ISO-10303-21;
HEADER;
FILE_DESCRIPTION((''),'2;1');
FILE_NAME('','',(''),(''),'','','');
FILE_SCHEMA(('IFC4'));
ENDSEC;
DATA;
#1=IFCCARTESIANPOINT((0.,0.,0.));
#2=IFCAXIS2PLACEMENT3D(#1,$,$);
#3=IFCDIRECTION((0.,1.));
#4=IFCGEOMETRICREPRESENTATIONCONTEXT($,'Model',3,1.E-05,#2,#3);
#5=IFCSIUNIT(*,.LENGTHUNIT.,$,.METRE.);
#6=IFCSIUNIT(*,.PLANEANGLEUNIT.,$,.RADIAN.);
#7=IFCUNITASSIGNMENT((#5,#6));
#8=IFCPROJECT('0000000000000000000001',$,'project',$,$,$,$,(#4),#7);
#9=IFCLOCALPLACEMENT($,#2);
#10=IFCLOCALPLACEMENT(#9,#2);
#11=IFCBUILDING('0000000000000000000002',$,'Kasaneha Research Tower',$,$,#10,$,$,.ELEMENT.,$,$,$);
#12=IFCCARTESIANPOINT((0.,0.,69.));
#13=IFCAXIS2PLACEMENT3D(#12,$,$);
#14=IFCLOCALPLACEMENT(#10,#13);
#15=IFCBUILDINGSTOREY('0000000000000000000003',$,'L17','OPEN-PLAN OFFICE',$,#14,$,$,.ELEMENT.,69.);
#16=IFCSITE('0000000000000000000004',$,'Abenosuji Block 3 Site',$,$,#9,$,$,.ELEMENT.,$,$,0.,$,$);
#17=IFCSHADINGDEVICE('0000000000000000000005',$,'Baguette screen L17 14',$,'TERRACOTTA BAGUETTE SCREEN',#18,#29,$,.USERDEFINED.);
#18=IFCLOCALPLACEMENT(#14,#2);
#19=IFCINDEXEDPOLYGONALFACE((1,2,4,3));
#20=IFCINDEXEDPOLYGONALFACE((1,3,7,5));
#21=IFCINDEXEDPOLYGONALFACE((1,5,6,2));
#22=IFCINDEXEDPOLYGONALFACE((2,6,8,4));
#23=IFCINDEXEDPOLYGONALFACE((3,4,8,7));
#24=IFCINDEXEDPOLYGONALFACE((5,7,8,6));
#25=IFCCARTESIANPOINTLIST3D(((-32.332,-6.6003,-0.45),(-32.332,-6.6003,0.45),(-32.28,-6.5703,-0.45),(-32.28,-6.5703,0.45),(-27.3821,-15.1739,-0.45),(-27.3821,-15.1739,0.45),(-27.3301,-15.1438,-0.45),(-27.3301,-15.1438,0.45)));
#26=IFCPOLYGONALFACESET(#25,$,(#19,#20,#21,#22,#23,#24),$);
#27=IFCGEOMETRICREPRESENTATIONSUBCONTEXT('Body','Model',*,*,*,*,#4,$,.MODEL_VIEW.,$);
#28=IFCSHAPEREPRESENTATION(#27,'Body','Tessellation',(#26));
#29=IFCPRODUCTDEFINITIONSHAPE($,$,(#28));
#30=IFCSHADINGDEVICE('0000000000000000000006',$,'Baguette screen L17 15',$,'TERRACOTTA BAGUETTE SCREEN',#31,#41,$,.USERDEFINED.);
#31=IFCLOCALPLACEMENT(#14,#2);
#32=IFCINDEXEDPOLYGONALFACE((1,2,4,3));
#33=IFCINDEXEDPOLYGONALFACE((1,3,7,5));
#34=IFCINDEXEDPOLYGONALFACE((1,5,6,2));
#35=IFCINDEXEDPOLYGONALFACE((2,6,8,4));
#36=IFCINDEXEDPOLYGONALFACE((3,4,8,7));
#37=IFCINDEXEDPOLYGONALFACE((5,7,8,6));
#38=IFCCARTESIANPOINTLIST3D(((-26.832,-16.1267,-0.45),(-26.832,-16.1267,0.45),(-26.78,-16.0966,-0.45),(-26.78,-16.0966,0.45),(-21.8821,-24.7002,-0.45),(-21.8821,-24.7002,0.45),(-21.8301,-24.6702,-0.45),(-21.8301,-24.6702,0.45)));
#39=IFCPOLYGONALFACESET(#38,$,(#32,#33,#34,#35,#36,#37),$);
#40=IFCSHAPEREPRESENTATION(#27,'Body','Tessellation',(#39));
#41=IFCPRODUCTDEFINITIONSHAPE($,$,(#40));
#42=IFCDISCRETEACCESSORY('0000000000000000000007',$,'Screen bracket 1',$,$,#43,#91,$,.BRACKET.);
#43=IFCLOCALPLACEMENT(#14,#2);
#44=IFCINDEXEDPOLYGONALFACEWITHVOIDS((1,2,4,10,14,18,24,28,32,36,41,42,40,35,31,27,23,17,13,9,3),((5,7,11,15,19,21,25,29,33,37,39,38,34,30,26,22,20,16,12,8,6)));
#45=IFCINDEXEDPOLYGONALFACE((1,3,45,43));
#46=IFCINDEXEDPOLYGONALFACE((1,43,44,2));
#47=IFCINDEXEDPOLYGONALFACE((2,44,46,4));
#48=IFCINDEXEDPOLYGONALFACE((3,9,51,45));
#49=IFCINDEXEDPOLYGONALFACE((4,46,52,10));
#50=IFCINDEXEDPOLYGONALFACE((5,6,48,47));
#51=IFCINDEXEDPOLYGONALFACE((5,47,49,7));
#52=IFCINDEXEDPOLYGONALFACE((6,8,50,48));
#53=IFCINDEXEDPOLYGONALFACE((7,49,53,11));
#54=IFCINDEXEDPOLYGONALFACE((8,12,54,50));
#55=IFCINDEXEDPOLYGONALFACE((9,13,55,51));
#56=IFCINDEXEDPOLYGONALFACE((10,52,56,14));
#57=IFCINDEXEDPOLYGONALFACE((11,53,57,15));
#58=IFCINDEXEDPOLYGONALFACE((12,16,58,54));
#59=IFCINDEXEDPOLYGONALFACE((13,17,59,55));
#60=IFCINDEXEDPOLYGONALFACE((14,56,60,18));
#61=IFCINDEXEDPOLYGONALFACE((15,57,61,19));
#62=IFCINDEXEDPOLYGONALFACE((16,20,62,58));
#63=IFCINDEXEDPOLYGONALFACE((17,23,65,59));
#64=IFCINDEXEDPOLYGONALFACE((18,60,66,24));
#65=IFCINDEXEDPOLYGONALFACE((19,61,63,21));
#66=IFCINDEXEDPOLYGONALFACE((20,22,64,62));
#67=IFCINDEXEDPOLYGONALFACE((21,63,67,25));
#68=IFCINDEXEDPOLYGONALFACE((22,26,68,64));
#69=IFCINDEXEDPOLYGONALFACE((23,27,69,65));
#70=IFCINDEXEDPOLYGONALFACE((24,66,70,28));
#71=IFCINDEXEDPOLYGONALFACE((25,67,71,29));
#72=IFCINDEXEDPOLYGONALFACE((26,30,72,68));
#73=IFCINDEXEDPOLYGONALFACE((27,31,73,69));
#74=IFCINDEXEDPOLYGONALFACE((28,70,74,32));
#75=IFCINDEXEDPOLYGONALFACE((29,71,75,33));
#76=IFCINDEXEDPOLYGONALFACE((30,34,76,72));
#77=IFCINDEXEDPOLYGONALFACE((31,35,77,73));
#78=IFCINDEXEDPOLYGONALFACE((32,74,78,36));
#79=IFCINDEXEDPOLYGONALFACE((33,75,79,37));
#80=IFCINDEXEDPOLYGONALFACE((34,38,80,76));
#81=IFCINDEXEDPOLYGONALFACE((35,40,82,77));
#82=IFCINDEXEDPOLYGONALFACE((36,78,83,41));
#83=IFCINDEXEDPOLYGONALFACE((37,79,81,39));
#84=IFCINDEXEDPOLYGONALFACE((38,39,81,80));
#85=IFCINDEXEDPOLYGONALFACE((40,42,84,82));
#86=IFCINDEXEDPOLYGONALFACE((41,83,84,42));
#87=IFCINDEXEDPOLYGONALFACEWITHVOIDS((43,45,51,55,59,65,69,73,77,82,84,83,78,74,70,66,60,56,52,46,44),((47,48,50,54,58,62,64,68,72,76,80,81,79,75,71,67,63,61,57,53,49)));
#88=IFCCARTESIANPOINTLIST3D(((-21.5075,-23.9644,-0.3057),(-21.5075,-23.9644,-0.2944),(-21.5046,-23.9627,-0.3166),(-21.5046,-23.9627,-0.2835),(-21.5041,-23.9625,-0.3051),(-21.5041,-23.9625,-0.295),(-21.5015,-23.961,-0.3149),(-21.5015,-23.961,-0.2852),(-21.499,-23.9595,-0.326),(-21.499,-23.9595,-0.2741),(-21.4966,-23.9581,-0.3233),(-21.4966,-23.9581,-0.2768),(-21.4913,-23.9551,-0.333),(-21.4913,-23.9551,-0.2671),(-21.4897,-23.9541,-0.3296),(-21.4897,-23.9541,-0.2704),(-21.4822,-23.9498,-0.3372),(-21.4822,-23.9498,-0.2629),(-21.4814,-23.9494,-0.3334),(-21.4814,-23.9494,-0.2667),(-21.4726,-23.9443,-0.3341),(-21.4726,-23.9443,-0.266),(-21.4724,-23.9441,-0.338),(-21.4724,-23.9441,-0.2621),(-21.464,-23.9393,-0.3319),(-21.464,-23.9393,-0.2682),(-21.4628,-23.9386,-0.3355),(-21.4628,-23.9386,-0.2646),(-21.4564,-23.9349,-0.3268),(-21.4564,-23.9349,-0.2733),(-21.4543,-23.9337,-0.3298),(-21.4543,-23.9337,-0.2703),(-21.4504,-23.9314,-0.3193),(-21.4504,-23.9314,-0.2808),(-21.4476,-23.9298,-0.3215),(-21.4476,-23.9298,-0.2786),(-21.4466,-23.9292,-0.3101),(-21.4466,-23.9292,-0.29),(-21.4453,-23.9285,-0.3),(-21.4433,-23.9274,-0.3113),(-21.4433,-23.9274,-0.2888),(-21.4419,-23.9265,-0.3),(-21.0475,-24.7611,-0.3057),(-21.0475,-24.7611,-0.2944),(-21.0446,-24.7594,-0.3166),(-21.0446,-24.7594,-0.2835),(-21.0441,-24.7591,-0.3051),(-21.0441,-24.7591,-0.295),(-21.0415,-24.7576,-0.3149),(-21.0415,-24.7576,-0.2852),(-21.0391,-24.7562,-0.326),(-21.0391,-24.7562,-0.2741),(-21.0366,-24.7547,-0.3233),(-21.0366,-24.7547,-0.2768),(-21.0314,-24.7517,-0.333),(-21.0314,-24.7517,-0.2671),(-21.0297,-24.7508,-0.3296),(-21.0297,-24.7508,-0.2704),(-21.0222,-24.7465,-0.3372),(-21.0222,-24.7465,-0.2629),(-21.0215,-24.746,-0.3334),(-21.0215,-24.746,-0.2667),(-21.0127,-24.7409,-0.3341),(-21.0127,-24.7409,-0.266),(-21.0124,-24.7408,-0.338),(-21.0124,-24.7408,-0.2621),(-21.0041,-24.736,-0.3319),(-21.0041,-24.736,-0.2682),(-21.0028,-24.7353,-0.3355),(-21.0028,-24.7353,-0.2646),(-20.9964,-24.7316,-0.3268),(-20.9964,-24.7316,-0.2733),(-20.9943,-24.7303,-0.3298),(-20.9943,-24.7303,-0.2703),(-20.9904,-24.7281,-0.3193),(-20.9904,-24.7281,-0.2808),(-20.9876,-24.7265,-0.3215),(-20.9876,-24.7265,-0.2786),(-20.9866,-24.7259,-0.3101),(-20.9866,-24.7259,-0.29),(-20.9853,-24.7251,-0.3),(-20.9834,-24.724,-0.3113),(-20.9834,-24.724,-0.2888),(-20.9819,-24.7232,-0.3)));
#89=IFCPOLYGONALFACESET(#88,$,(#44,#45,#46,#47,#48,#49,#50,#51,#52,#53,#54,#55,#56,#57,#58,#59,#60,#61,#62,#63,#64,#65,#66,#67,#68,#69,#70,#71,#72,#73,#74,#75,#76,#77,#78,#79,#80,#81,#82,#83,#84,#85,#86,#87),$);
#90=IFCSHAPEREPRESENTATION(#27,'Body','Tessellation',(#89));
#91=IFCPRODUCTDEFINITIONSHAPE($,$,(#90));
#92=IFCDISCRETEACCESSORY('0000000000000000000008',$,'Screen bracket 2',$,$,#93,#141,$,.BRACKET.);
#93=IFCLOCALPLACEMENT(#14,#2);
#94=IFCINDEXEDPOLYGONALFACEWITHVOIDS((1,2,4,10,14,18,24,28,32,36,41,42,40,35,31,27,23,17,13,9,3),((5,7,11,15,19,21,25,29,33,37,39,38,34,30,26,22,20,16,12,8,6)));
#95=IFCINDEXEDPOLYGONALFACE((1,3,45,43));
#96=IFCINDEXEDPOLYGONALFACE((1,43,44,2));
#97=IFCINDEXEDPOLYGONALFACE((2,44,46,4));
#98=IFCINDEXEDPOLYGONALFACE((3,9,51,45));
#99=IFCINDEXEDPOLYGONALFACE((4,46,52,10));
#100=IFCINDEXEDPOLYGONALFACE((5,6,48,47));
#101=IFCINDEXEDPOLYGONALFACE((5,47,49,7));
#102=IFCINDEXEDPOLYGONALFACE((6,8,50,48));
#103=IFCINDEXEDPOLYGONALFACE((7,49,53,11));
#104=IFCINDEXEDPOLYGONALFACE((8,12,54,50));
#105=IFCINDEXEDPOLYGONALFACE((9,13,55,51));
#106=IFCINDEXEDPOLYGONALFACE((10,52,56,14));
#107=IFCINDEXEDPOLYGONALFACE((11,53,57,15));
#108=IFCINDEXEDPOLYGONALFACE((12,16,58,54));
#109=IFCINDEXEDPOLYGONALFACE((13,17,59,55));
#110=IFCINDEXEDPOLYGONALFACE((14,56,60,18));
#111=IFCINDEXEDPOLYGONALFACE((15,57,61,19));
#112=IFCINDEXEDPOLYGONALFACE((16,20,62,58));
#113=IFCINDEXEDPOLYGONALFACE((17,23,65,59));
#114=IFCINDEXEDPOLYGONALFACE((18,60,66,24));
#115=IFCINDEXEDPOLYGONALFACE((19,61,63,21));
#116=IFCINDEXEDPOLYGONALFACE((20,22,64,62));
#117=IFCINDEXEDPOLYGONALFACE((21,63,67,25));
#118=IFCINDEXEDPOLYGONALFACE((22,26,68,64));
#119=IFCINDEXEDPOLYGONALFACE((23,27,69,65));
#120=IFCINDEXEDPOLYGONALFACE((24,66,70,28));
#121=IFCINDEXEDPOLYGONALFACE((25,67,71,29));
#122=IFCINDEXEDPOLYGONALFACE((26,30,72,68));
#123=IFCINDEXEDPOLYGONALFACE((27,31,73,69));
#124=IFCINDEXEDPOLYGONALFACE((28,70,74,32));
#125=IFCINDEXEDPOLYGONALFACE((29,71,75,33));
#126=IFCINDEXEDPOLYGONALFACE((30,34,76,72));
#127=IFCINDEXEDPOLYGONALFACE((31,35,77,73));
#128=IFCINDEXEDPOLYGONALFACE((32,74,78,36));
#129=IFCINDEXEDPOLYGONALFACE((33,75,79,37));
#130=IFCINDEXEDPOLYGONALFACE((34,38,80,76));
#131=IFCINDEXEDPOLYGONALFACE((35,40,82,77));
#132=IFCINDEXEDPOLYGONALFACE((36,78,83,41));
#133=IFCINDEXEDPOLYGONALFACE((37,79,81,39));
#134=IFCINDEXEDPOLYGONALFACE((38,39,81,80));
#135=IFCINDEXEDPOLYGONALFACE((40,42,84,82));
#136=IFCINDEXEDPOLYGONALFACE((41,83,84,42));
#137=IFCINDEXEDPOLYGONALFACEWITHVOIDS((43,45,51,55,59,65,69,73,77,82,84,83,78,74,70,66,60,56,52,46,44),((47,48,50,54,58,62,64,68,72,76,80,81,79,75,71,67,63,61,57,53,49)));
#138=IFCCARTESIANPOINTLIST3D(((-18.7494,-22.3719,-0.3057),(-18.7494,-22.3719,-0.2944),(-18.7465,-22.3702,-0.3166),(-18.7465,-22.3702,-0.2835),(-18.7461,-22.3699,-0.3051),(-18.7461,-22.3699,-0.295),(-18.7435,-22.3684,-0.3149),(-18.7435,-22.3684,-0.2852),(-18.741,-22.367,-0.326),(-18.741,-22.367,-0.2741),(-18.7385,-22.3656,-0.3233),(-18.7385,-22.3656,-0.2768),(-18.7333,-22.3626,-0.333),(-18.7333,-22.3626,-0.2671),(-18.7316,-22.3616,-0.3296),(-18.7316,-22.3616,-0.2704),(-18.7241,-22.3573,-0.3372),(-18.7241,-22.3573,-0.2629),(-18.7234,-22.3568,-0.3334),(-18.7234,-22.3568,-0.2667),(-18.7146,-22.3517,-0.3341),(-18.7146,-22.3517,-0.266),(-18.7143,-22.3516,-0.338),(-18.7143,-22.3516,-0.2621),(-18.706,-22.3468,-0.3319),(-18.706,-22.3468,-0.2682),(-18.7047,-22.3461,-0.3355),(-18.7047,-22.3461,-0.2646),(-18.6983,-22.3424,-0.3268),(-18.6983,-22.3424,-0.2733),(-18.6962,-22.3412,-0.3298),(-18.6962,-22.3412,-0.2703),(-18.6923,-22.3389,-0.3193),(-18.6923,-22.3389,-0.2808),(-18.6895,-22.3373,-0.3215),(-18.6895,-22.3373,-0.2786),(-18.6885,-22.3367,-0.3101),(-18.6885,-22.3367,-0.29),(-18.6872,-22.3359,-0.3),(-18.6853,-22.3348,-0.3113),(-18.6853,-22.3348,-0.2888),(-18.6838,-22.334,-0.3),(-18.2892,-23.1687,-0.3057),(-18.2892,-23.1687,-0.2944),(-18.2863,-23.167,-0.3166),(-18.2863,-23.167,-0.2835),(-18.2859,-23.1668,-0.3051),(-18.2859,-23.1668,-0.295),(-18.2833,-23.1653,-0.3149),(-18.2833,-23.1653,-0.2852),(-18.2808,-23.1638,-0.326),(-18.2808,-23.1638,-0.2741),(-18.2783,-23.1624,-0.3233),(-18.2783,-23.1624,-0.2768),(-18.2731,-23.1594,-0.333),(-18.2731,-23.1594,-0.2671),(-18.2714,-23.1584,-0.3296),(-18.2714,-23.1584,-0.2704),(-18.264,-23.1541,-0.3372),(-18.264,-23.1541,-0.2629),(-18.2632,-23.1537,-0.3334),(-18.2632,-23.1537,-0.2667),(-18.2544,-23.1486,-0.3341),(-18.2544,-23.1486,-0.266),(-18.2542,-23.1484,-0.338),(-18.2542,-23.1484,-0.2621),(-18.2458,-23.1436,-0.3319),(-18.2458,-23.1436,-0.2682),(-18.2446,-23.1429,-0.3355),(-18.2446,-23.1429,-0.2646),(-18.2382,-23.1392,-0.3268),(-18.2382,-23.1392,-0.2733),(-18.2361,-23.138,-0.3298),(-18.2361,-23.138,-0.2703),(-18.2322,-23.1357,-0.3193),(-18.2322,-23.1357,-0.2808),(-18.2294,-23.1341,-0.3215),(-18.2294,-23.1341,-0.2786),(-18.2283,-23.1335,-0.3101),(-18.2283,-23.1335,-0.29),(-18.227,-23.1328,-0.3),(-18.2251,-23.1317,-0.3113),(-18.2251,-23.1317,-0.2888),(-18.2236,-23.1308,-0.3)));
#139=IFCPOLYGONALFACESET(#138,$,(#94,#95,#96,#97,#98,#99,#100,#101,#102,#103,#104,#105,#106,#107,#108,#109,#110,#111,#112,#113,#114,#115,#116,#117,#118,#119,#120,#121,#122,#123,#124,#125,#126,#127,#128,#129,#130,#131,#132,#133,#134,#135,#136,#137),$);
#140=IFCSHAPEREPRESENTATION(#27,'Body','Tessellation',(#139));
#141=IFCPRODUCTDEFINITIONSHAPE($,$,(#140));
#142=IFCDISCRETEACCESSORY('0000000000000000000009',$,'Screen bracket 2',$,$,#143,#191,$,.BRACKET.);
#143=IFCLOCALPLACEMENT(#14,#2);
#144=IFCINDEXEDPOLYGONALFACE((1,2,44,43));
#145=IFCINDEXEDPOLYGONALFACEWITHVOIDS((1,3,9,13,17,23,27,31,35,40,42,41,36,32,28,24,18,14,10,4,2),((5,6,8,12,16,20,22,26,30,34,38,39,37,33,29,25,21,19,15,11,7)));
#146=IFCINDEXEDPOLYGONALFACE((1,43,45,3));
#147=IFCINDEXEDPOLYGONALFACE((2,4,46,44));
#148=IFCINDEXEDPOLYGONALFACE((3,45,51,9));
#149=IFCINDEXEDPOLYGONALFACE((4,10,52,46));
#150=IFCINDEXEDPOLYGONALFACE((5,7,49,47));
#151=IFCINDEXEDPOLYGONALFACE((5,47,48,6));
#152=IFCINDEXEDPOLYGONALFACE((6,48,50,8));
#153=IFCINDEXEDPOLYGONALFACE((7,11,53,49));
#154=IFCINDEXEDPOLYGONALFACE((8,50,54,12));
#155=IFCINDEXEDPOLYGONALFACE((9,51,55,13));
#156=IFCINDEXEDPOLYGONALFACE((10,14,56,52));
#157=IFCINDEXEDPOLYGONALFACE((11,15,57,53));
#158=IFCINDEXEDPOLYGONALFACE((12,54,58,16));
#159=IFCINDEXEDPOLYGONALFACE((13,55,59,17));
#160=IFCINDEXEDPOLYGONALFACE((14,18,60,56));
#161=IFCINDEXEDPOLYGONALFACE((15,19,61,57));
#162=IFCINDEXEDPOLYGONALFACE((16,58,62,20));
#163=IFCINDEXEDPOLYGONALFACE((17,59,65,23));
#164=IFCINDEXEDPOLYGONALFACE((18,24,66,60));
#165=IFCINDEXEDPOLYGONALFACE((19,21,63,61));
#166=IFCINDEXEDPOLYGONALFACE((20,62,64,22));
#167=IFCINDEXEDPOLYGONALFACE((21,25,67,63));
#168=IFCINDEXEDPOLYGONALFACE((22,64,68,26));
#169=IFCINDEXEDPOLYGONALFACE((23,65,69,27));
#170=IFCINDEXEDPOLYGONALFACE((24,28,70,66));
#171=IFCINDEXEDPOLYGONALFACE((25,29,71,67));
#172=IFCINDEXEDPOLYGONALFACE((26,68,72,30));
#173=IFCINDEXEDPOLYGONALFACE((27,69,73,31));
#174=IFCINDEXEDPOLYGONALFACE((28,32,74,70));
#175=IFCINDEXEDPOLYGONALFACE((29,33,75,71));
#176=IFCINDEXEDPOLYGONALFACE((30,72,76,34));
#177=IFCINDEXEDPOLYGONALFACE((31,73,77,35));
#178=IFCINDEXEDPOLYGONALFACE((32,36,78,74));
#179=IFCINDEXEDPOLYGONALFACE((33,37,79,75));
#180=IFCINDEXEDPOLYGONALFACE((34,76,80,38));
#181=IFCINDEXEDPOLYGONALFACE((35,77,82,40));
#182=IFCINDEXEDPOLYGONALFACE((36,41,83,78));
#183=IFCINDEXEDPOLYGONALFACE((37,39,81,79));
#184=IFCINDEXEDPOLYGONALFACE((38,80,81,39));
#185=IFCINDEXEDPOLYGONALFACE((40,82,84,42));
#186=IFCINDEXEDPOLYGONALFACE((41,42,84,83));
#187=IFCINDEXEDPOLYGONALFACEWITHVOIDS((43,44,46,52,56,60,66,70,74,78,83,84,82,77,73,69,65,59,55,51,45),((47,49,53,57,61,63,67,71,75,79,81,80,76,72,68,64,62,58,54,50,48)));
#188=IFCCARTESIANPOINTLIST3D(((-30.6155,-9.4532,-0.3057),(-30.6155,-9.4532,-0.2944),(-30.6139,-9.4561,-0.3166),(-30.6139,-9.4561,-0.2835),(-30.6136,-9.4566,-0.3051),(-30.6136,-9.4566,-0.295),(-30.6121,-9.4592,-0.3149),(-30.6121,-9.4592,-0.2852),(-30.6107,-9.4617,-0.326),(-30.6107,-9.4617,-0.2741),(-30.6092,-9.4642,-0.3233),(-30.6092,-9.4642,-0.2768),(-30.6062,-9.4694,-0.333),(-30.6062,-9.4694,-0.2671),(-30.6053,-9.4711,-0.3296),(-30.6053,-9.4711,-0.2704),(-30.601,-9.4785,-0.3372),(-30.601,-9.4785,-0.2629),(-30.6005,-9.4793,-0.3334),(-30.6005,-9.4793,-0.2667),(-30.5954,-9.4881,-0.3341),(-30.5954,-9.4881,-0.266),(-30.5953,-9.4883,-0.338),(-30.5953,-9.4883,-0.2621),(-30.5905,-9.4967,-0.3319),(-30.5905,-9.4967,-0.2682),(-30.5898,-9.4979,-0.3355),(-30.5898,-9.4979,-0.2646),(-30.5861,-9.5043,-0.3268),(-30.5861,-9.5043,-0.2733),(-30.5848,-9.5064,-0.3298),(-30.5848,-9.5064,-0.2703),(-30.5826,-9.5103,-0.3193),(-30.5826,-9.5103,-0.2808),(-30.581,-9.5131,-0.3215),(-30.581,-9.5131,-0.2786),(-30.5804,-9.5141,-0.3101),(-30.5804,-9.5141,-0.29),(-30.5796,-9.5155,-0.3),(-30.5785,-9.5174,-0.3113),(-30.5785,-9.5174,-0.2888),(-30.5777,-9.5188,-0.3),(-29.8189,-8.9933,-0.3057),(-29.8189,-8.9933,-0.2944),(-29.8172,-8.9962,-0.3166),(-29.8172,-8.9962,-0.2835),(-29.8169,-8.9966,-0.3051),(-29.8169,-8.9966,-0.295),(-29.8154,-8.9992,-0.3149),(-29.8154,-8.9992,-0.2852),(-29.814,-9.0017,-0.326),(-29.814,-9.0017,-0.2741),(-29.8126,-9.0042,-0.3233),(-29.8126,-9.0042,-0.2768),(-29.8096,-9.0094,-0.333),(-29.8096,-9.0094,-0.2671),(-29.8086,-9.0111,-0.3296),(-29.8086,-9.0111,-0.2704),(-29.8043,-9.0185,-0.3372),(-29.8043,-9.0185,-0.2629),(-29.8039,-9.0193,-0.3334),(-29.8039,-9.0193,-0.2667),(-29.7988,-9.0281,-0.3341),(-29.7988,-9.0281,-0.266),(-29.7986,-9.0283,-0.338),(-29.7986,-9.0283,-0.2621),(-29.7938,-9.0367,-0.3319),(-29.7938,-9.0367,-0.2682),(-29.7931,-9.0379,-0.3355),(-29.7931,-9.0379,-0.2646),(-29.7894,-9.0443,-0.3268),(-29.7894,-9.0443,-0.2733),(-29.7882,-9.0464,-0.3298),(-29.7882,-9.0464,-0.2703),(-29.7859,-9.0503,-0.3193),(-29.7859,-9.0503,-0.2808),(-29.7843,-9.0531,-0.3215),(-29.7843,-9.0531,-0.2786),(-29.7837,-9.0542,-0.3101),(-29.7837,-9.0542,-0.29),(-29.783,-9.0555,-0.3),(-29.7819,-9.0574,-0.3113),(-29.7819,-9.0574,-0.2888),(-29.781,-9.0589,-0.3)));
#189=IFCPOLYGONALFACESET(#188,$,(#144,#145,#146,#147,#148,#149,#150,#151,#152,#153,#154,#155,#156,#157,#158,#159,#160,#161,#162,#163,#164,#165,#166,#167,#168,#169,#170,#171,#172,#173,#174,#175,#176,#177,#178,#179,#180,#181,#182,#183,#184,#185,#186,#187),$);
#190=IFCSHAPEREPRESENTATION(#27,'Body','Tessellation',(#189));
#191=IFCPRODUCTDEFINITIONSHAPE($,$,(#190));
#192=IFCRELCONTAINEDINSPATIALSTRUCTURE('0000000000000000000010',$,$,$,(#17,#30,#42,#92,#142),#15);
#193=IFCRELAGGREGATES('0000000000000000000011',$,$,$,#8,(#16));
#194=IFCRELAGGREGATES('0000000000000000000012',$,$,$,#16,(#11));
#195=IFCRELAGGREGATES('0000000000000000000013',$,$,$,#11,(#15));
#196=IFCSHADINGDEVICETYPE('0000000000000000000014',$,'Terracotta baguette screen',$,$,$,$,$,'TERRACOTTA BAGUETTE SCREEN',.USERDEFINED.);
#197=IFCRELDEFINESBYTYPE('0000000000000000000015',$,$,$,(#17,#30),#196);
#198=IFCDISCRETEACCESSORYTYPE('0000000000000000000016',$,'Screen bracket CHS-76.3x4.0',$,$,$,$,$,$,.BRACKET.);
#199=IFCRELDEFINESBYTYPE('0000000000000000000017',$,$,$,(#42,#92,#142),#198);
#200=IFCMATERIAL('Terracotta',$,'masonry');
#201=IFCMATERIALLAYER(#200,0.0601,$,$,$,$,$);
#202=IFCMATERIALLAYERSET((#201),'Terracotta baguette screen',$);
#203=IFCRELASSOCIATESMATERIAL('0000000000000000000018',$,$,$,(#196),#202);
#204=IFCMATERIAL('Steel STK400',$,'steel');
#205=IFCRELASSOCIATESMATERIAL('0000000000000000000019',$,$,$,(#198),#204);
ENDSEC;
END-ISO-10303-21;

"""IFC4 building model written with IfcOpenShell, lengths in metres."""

from ifc_helpers import new_model, si_unit, direction, frame, origin, origin_2d, place, context, subcontext, project, spatial, rectangle, hollow_circle, extrude, material, layer, layer_set, material_profile, profile_set, type_object, element, save


model = new_model("IFC4")

# Units and contexts
model_context = context("Model", 3, precision=1e-05, world=origin(), true_north=direction((0.0, 1.0)))
body_context = subcontext(model_context, "Body", "Model", "MODEL_VIEW")
ifc_project = project(units=[si_unit("LENGTHUNIT", "METRE"), si_unit("PLANEANGLEUNIT", "RADIAN")], contexts=[model_context])

# Site, building, storey
site_placement = place(None, origin())
site = spatial("IfcSite", under=ifc_project, at=site_placement, Name="Abenosuji Block 3 Site", CompositionType="ELEMENT", RefElevation=0.0)
building_placement = place(site_placement, origin())
building = spatial("IfcBuilding", under=site, at=building_placement, Name="Kasaneha Research Tower", CompositionType="ELEMENT")
storey_placement = place(building_placement, frame((0.0, 0.0, 69.0)))
storey = spatial("IfcBuildingStorey", under=building, at=storey_placement, Name="L17", Description="OPEN-PLAN OFFICE", CompositionType="ELEMENT", Elevation=69.0)

# Shading devices
ifc_material_1 = material(Name="Terracotta", Category="masonry")
ifc_layer_1 = layer(ifc_material_1, 0.0601)
ifc_layer_set_1 = layer_set([ifc_layer_1], Name="Terracotta baguette screen")
shading_device_type = type_object("IfcShadingDeviceType", Name="Terracotta baguette screen", ElementType="TERRACOTTA BAGUETTE SCREEN", PredefinedType="USERDEFINED", material=ifc_layer_set_1)
for number, where, z_axis, x_axis, name in (
    (1, (-29.8311, -10.8721, -0.45), (0.0, 0.0, 1.0), (0.5, -0.866025, 0.0), "Baguette screen L17 14"),
    (2, (-24.3311, -20.3984, -0.45), (0.0, 0.0, 1.0), (0.5, -0.866025, 0.0), "Baguette screen L17 15"),
):
    element("IfcShadingDevice", number, at=place(storey_placement, frame(where, z_axis=z_axis, x_axis=x_axis)), inside=storey, type_object=shading_device_type, Name=name, ObjectType="TERRACOTTA BAGUETTE SCREEN", PredefinedType="USERDEFINED", context=body_context, shape_type="SweptSolid", body=[
        extrude(rectangle(XDim=9.8999, YDim=0.0601, at=origin_2d()), origin(), (0.0, 0.0, 1.0), 0.8999),
    ])

# Discrete accessories
ifc_material_2 = material(Name="Steel STK400", Category="steel")
ifc_material_profile_1 = material_profile(ifc_material_2, hollow_circle(Radius=0.0381, WallThickness=0.0039, at=origin_2d()), Name="CHS-76.3x4.0")
ifc_profile_set_1 = profile_set([ifc_material_profile_1], Name="Steel STK400")
discrete_accessory_type = type_object("IfcDiscreteAccessoryType", Name="Screen bracket CHS-76.3x4.0", PredefinedType="BRACKET", material=ifc_profile_set_1)
discrete_accessory_1_placement = place(storey_placement, frame((-21.4749, -23.9456, -0.3), z_axis=(0.500021, -0.866013, 0.0), x_axis=(0.866013, 0.500021, 0.0)))
element("IfcDiscreteAccessory", 3, at=discrete_accessory_1_placement, inside=storey, type_object=discrete_accessory_type, Name="Screen bracket 1", PredefinedType="BRACKET", context=body_context, shape_type="SweptSolid", body=[
    extrude(hollow_circle(Radius=0.0381, WallThickness=0.0039, at=origin_2d()), origin(), (0.0, 0.0, 1.0), 0.9199),
])
discrete_accessory_2_placement = place(storey_placement, frame((-18.7168, -22.353, -0.3), z_axis=(0.500105, -0.865965, 0.0), x_axis=(0.865965, 0.500105, 0.0)))
element("IfcDiscreteAccessory", 4, at=discrete_accessory_2_placement, inside=storey, type_object=discrete_accessory_type, Name="Screen bracket 2", PredefinedType="BRACKET", context=body_context, shape_type="SweptSolid", body=[
    extrude(hollow_circle(Radius=0.0381, WallThickness=0.0039, at=origin_2d()), origin(), (0.0, 0.0, 1.0), 0.9202),
])
discrete_accessory_3_placement = place(storey_placement, frame((-29.8, -9.0259, -0.3), z_axis=(-0.866013, -0.500021, 0.0), x_axis=(0.500021, -0.866013, 0.0)))
element("IfcDiscreteAccessory", 5, at=discrete_accessory_3_placement, inside=storey, type_object=discrete_accessory_type, Name="Screen bracket 2", PredefinedType="BRACKET", context=body_context, shape_type="SweptSolid", body=[
    extrude(hollow_circle(Radius=0.0381, WallThickness=0.0039, at=origin_2d()), origin(), (0.0, 0.0, 1.0), 0.9199),
])

save(model, "model.ifc")
